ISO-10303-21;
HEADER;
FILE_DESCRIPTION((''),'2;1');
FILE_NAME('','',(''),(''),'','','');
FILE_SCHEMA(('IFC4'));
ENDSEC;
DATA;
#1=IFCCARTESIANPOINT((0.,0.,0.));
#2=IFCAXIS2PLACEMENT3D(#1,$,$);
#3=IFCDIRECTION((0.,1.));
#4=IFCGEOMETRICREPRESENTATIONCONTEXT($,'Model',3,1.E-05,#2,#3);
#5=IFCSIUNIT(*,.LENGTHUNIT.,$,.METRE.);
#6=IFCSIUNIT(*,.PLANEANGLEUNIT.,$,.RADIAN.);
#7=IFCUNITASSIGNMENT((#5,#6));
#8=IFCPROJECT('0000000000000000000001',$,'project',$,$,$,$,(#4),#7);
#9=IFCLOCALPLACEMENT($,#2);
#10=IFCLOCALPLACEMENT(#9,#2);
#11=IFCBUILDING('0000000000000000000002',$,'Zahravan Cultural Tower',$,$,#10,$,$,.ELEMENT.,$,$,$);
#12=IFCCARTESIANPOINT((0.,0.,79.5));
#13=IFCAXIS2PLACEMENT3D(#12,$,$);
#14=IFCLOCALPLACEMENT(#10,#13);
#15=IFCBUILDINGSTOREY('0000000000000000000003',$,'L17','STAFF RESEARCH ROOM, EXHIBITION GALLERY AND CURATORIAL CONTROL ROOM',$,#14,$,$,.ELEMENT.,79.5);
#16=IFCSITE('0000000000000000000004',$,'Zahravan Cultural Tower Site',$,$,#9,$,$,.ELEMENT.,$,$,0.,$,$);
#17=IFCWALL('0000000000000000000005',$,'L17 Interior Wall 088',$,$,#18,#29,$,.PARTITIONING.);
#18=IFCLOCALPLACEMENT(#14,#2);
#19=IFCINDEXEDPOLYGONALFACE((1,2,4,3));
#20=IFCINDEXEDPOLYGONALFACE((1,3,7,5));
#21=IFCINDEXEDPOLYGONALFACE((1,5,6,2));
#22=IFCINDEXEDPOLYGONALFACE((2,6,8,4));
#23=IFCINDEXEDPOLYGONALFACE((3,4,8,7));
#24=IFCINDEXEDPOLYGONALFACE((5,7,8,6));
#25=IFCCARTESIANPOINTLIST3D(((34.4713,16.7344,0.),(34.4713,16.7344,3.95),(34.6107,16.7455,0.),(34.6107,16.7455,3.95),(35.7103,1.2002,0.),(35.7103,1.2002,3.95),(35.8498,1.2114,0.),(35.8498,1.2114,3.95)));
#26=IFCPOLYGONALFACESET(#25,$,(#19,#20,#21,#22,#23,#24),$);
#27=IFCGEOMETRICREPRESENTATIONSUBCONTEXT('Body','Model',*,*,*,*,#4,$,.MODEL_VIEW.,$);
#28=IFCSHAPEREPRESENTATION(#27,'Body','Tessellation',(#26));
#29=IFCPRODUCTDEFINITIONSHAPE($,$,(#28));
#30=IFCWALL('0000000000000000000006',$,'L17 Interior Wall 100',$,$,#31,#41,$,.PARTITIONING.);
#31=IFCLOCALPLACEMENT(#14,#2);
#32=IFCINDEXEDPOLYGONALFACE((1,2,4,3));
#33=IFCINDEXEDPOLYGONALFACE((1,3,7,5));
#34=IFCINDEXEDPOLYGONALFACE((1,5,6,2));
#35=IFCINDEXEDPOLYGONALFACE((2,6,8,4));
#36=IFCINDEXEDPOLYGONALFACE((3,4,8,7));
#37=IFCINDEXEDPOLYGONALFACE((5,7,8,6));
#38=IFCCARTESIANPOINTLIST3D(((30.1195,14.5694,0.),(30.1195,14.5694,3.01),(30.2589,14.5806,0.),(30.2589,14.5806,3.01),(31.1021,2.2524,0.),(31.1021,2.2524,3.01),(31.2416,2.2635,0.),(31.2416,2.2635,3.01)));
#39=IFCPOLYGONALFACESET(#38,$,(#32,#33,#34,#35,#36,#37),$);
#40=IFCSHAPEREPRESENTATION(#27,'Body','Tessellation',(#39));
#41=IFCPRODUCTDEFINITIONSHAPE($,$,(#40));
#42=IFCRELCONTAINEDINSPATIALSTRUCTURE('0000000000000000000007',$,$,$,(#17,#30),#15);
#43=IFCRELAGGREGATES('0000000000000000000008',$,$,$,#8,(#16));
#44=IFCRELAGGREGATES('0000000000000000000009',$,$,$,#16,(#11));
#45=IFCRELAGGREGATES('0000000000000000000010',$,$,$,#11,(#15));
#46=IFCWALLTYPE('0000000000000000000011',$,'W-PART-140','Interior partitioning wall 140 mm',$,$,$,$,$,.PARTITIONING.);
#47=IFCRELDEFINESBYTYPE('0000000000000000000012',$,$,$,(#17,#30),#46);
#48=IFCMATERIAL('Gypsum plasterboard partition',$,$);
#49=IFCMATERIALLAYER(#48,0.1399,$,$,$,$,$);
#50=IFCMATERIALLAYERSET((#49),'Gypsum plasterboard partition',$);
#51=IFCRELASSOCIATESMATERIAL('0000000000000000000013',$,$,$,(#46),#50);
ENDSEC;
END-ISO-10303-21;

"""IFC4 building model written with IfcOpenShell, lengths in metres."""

from ifc_helpers import new_model, si_unit, direction, frame, frame_2d, origin, place, context, subcontext, project, spatial, rectangle, extrude, source, transform, mapped, material, layer, layer_set, type_object, element, save


model = new_model("IFC4")

# Units and contexts
model_context = context("Model", 3, precision=1e-05, world=origin(), true_north=direction((0.0, 1.0)))
body_context = subcontext(model_context, "Body", "Model", "MODEL_VIEW")
ifc_project = project(units=[si_unit("LENGTHUNIT", "METRE"), si_unit("PLANEANGLEUNIT", "RADIAN")], contexts=[model_context])

# Site, building, storey
site_placement = place(None, origin())
site = spatial("IfcSite", under=ifc_project, at=site_placement, Name="Zahravan Cultural Tower Site", CompositionType="ELEMENT", RefElevation=0.0)
building_placement = place(site_placement, origin())
building = spatial("IfcBuilding", under=site, at=building_placement, Name="Zahravan Cultural Tower", CompositionType="ELEMENT")
storey_placement = place(building_placement, frame((0.0, 0.0, 79.5)))
storey = spatial("IfcBuildingStorey", under=building, at=storey_placement, Name="L17", Description="STAFF RESEARCH ROOM, EXHIBITION GALLERY AND CURATORIAL CONTROL ROOM", CompositionType="ELEMENT", Elevation=79.5)

# Walls
ifc_material_1 = material(Name="Gypsum plasterboard partition")
ifc_layer_1 = layer(ifc_material_1, 0.1399)
ifc_layer_set_1 = layer_set([ifc_layer_1], Name="Gypsum plasterboard partition")
wall_type_1 = type_object("IfcWallType", Name="W-PART-140", Description="Interior partitioning wall 140 mm", PredefinedType="PARTITIONING", material=ifc_layer_set_1)
shared_shape_1 = source(origin(), body_context, "Body", "SweptSolid", [
    extrude(rectangle(XDim=15.5835, YDim=0.1399, at=frame_2d((7.7917, 0.0))), origin(), (0.0, 0.0, 1.0), 3.95),
])
wall_1_placement = place(storey_placement, frame((35.78, 1.2058, 0.0), z_axis=(0.0, 0.0, 1.0), x_axis=(-0.079508, 0.996834, 0.0)))
element("IfcWall", 1, at=wall_1_placement, inside=storey, type_object=wall_type_1, Name="L17 Interior Wall 088", PredefinedType="PARTITIONING", context=body_context, shape_type="MappedRepresentation", body=[
    mapped(shared_shape_1, transform((0.0, 0.0, 0.0), x_axis=(1.0, 0.0, 0.0), y_axis=(0.0, 1.0, 0.0), z_axis=(0.0, 0.0, 1.0), scale=1.0)),
])
shared_shape_2 = source(origin(), body_context, "Body", "SweptSolid", [
    extrude(rectangle(XDim=12.3562, YDim=0.1399, at=frame_2d((6.1782, 0.0))), origin(), (0.0, 0.0, 1.0), 3.01),
])
wall_2_placement = place(storey_placement, frame((31.1719, 2.2578, 0.0), z_axis=(0.0, 0.0, 1.0), x_axis=(-0.079528, 0.996833, 0.0)))
element("IfcWall", 2, at=wall_2_placement, inside=storey, type_object=wall_type_1, Name="L17 Interior Wall 100", PredefinedType="PARTITIONING", context=body_context, shape_type="MappedRepresentation", body=[
    mapped(shared_shape_2, transform((0.0, 0.0, 0.0), x_axis=(1.0, 0.0, 0.0), y_axis=(0.0, 1.0, 0.0), z_axis=(0.0, 0.0, 1.0), scale=1.0)),
])

save(model, "model.ifc")
